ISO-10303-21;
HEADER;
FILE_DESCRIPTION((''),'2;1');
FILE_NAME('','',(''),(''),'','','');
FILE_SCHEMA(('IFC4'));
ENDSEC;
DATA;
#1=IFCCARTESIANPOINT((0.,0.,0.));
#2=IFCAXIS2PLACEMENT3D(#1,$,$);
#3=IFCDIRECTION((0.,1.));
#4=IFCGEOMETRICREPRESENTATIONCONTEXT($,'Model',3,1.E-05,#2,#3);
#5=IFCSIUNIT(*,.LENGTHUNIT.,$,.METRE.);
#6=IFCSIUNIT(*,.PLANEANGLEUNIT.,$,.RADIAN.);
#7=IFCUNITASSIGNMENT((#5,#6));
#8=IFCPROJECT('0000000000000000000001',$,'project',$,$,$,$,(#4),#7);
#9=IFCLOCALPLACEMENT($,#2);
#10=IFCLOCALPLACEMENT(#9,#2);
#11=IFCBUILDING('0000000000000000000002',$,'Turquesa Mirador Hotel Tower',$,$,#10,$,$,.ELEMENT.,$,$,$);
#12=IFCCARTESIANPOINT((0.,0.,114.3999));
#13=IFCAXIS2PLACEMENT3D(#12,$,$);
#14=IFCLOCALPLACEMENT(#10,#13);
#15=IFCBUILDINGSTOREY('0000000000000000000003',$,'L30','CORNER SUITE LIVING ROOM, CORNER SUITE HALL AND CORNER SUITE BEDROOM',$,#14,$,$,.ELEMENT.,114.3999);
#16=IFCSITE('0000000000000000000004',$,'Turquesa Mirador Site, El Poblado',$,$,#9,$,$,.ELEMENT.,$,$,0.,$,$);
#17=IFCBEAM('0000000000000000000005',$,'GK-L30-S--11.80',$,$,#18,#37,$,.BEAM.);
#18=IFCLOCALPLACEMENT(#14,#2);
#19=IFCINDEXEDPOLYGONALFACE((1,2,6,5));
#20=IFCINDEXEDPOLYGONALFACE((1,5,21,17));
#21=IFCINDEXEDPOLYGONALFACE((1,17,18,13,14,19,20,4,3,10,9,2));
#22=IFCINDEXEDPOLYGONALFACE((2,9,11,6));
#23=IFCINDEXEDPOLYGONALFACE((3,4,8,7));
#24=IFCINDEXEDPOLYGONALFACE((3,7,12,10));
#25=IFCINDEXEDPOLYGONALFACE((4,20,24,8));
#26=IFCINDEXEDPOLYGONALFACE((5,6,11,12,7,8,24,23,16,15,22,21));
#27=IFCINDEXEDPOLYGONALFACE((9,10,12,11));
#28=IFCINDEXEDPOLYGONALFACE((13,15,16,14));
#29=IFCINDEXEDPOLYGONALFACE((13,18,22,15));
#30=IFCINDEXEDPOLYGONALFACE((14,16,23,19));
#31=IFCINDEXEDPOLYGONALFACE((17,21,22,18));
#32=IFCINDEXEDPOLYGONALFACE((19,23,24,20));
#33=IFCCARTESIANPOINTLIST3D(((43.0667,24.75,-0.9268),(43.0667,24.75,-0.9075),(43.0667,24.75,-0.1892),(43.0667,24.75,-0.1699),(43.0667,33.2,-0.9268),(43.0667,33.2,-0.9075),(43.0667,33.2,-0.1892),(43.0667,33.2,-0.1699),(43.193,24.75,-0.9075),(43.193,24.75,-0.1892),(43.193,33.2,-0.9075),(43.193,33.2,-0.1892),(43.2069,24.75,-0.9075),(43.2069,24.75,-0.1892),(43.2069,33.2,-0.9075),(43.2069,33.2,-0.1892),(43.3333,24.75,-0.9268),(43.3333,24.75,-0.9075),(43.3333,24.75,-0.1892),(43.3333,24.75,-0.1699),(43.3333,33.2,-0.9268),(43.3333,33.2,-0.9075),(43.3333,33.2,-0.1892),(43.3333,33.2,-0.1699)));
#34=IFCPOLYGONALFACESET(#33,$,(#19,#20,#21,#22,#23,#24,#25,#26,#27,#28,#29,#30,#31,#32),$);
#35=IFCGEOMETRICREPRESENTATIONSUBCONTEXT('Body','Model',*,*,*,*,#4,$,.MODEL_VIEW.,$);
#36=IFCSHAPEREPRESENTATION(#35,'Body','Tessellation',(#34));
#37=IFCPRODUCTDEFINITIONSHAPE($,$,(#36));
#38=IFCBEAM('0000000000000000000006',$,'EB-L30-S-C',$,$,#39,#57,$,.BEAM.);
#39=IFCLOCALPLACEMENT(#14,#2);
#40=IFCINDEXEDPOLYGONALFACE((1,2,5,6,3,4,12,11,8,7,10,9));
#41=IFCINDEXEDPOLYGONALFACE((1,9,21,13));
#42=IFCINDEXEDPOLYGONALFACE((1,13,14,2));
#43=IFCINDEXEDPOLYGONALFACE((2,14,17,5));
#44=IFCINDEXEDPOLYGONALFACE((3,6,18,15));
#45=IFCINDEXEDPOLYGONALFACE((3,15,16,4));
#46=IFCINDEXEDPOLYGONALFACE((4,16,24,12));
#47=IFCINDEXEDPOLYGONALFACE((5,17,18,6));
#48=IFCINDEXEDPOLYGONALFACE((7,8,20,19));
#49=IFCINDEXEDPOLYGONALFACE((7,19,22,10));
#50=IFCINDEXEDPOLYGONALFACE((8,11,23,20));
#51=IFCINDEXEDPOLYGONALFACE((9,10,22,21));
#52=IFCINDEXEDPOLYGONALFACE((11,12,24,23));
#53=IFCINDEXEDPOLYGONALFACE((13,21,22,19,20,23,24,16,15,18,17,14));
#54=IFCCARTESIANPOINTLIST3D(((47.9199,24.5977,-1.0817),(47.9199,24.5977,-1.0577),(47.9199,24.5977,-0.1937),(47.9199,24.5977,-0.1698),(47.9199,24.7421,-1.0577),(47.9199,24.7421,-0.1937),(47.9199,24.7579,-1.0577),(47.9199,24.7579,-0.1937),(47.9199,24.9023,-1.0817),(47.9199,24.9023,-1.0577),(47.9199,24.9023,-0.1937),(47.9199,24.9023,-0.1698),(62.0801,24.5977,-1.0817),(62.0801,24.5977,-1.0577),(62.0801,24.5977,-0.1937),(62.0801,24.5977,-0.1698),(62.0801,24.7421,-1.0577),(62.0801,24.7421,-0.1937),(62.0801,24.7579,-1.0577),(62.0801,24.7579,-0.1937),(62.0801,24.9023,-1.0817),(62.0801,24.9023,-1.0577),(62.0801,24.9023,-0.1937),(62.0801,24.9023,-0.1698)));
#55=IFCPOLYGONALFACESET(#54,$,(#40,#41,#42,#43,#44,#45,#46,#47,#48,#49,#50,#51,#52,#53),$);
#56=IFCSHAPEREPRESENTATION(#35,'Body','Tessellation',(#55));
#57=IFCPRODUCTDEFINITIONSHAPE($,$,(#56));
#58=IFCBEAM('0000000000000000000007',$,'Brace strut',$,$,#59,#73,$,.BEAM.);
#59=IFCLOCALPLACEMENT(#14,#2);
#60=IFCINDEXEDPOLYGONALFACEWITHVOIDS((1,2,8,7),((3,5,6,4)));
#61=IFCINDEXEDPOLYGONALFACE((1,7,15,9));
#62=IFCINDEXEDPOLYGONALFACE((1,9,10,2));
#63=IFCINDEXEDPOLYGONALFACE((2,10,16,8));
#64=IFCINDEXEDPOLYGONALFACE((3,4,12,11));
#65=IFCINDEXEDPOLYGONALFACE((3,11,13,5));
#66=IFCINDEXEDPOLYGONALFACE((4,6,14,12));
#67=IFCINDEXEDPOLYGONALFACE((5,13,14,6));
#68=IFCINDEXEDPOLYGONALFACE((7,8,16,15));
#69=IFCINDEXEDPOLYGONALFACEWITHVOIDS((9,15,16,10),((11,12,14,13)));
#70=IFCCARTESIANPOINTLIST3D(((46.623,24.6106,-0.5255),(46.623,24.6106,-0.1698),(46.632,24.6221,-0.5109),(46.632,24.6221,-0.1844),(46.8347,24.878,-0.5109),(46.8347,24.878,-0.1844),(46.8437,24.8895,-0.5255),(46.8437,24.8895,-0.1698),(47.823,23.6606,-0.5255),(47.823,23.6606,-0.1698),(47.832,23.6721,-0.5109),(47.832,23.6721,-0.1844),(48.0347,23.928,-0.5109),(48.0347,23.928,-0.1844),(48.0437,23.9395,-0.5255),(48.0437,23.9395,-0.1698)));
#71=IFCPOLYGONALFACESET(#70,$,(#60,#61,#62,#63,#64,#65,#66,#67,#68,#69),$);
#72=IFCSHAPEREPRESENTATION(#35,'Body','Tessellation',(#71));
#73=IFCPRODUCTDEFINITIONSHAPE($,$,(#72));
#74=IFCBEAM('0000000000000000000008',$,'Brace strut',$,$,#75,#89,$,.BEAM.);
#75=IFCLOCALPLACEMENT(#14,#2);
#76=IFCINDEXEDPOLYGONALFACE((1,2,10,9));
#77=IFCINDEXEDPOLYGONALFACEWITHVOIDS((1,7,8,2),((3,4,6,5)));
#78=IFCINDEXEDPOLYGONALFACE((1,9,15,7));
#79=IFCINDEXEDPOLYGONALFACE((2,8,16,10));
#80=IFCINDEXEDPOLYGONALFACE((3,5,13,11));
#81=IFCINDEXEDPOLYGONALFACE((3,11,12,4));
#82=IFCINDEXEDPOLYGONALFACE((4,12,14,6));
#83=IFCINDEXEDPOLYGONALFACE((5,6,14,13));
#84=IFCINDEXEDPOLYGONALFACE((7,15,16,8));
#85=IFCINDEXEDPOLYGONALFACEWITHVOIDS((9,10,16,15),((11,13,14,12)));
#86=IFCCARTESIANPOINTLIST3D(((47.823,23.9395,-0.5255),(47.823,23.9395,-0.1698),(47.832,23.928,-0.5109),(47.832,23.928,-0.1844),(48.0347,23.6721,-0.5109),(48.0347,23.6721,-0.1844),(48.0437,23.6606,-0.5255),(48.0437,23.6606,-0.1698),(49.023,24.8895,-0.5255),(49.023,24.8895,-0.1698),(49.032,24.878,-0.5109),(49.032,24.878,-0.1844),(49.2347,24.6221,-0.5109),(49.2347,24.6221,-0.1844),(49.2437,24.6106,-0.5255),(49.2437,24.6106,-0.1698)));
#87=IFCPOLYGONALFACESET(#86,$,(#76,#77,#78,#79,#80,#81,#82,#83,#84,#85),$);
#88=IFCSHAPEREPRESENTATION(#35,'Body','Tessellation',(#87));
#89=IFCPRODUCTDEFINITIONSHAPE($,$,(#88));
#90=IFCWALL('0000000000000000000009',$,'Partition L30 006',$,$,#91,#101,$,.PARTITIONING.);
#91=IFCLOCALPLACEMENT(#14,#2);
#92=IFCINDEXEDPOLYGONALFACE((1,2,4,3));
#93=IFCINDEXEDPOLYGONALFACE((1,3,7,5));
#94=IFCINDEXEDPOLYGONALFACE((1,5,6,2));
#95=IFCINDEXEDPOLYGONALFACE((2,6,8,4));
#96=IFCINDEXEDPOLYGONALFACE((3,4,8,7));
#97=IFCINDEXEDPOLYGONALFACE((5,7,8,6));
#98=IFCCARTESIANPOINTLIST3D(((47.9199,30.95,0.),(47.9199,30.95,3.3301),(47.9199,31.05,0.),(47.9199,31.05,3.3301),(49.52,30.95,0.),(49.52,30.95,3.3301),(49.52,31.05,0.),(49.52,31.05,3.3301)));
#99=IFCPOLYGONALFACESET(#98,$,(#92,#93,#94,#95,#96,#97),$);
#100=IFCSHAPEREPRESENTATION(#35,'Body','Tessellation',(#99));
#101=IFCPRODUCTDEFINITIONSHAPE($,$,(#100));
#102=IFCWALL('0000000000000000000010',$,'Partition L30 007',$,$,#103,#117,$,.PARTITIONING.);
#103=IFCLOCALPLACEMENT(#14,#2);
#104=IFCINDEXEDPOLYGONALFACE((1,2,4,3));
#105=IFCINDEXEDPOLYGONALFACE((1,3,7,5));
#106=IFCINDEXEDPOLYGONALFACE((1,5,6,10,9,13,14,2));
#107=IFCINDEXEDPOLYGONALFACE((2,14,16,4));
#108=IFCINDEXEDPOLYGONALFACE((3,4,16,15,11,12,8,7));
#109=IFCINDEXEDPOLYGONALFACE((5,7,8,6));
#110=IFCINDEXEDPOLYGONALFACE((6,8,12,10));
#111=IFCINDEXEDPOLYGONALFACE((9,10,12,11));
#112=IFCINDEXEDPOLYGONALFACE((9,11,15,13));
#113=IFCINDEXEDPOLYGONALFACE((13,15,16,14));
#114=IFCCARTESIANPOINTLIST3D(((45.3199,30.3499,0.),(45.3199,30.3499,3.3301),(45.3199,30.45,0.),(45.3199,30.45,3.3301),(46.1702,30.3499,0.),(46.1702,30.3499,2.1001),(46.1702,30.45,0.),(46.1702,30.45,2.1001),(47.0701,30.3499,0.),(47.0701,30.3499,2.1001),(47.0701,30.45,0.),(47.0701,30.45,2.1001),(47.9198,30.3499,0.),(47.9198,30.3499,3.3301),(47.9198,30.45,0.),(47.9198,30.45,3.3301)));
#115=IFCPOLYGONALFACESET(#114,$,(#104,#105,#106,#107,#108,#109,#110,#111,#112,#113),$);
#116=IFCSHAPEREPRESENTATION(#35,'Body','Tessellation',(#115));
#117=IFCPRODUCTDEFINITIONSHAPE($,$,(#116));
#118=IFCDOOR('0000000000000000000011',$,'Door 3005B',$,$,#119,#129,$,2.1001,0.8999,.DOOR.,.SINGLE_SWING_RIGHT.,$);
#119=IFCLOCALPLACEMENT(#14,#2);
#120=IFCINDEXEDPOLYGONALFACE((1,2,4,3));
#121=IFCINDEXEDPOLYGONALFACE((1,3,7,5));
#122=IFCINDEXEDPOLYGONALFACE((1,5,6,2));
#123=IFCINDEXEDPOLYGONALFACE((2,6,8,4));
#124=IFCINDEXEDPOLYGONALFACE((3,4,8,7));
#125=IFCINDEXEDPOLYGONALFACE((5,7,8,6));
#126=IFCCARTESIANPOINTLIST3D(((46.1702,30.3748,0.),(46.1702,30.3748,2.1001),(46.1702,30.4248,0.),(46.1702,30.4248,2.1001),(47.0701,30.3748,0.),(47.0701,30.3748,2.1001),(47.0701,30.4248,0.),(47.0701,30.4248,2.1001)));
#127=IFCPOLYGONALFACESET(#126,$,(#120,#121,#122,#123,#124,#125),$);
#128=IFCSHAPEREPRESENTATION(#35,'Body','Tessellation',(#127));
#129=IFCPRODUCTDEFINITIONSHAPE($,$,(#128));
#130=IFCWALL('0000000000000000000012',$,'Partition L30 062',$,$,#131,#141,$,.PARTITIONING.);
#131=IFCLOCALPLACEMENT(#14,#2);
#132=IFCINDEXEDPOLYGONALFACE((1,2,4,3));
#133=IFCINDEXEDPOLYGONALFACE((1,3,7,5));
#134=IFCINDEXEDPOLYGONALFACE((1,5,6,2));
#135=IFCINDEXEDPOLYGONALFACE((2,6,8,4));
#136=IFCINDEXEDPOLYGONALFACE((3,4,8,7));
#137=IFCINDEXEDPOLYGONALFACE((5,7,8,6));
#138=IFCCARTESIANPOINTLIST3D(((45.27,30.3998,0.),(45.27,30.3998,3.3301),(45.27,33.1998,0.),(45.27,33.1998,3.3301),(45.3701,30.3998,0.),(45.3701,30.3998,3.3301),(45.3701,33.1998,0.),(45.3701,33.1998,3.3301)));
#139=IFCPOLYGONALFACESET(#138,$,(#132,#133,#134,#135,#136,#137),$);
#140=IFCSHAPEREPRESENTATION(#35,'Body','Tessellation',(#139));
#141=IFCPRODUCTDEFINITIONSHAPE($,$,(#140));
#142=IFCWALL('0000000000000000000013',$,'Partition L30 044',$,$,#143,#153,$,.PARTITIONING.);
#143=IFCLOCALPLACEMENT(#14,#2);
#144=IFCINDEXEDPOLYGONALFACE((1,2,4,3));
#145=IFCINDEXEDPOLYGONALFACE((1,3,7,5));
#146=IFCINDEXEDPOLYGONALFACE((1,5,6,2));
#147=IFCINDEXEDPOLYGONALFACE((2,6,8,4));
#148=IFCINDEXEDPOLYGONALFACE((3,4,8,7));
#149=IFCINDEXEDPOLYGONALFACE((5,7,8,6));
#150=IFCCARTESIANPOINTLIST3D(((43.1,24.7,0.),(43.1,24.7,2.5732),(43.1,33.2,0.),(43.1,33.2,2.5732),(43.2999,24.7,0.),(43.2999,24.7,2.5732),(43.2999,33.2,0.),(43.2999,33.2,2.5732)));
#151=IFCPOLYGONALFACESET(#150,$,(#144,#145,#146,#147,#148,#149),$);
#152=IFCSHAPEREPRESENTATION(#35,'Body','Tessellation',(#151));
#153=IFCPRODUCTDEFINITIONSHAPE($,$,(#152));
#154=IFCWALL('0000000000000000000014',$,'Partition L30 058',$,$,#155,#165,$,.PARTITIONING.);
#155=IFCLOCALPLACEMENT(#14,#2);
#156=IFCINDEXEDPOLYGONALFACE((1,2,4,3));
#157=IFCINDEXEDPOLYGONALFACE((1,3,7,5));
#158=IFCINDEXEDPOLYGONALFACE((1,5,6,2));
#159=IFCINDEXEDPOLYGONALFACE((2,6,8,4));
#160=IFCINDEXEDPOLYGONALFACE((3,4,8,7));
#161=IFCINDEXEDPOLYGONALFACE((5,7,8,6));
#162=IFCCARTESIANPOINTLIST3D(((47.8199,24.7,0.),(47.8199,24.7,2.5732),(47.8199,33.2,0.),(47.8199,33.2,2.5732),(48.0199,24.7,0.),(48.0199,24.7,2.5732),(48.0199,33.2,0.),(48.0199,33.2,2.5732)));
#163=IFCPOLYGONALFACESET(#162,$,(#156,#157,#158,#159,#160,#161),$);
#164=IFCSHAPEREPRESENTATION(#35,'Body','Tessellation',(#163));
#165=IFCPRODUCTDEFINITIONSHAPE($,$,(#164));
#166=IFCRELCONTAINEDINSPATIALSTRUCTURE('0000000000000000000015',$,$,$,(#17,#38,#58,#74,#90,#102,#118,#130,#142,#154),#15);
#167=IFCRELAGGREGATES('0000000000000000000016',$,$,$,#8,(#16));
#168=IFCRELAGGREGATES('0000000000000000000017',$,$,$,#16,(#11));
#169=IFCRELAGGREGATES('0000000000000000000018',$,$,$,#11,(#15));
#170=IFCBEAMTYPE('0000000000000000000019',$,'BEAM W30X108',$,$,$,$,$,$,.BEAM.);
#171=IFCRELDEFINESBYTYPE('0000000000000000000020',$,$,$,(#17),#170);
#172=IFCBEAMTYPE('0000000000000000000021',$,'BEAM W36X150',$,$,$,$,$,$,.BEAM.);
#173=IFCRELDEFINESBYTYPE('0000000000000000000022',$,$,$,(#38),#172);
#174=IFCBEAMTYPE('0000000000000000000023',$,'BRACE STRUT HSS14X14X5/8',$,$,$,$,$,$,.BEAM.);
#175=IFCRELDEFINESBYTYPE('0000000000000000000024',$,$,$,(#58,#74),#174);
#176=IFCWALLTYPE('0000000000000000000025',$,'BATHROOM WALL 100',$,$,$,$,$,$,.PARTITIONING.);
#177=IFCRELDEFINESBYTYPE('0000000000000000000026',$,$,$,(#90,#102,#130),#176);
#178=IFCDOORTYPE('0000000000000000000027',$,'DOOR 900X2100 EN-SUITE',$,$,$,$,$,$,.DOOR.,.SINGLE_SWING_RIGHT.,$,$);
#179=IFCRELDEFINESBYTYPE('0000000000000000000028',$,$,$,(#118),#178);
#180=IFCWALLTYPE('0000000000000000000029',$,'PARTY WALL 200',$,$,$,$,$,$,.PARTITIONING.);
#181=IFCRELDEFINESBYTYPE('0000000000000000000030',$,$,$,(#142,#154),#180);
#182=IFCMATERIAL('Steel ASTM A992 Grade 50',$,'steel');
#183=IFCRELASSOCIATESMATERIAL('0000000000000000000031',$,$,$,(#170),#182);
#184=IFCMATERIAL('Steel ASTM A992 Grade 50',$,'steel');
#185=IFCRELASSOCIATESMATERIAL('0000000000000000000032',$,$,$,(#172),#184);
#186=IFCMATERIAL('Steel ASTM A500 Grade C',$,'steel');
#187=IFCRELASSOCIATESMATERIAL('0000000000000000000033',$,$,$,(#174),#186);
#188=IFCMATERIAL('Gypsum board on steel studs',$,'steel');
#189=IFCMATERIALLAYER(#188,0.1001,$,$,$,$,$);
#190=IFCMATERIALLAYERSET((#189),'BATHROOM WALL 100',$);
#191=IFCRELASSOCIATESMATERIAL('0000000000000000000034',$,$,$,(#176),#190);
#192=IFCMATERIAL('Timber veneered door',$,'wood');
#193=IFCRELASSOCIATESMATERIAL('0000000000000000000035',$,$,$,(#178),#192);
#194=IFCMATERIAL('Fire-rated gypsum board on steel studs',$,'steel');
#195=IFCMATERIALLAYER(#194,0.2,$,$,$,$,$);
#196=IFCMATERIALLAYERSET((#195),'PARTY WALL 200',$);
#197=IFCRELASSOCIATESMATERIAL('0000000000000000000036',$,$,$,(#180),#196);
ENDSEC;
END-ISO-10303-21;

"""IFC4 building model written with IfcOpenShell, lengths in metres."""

from ifc_helpers import new_model, si_unit, direction, frame, frame_2d, origin, origin_2d, place, context, subcontext, project, spatial, rectangle, hollow_rectangle, i_section, extrude, material, layer, layer_set, material_profile, profile_set, type_object, element, fill, save


model = new_model("IFC4")

# Units and contexts
model_context = context("Model", 3, precision=1e-05, world=origin(), true_north=direction((0.0, 1.0)))
body_context = subcontext(model_context, "Body", "Model", "MODEL_VIEW")
ifc_project = project(units=[si_unit("LENGTHUNIT", "METRE"), si_unit("PLANEANGLEUNIT", "RADIAN")], contexts=[model_context])

# Site, building, storey
site_placement = place(None, origin())
site = spatial("IfcSite", under=ifc_project, at=site_placement, Name="Turquesa Mirador Site, El Poblado", CompositionType="ELEMENT", RefElevation=0.0)
building_placement = place(site_placement, origin())
building = spatial("IfcBuilding", under=site, at=building_placement, Name="Turquesa Mirador Hotel Tower", CompositionType="ELEMENT")
storey_placement = place(building_placement, frame((0.0, 0.0, 114.3999)))
storey = spatial("IfcBuildingStorey", under=building, at=storey_placement, Name="L30", Description="CORNER SUITE LIVING ROOM, CORNER SUITE HALL AND CORNER SUITE BEDROOM", CompositionType="ELEMENT", Elevation=114.3999)

# Beams
ifc_material_1 = material(Name="Steel ASTM A992 Grade 50", Category="steel")
ifc_material_profile_1 = material_profile(ifc_material_1, i_section(OverallWidth=0.2666, OverallDepth=0.7568, WebThickness=0.0139, FlangeThickness=0.0193, at=origin_2d()), Name="W30X108")
ifc_profile_set_1 = profile_set([ifc_material_profile_1], Name="Steel ASTM A992 Grade 50")
beam_type_1 = type_object("IfcBeamType", Name="BEAM W30X108", PredefinedType="BEAM", material=ifc_profile_set_1)
beam_1_placement = place(storey_placement, frame((43.2, 24.75, -0.5483), z_axis=(0.0, 1.0, 0.0), x_axis=(-1.0, 0.0, 0.0)))
element("IfcBeam", 1, at=beam_1_placement, inside=storey, type_object=beam_type_1, Name="GK-L30-S--11.80", PredefinedType="BEAM", context=body_context, shape_type="SweptSolid", body=[
    extrude(i_section(OverallWidth=0.2666, OverallDepth=0.7568, WebThickness=0.0139, FlangeThickness=0.0193, at=origin_2d()), origin(), (0.0, 0.0, 1.0), 8.45),
])
ifc_material_2 = material(Name="Steel ASTM A992 Grade 50", Category="steel")
ifc_material_profile_2 = material_profile(ifc_material_2, i_section(OverallWidth=0.3047, OverallDepth=0.9119, WebThickness=0.0159, FlangeThickness=0.0239, at=origin_2d()), Name="W36X150")
ifc_profile_set_2 = profile_set([ifc_material_profile_2], Name="Steel ASTM A992 Grade 50")
beam_type_2 = type_object("IfcBeamType", Name="BEAM W36X150", PredefinedType="BEAM", material=ifc_profile_set_2)
beam_2_placement = place(storey_placement, frame((47.9199, 24.75, -0.6257), z_axis=(1.0, 0.0, 0.0), x_axis=(0.0, 1.0, 0.0)))
element("IfcBeam", 2, at=beam_2_placement, inside=storey, type_object=beam_type_2, Name="EB-L30-S-C", PredefinedType="BEAM", context=body_context, shape_type="SweptSolid", body=[
    extrude(i_section(OverallWidth=0.3047, OverallDepth=0.9119, WebThickness=0.0159, FlangeThickness=0.0239, at=origin_2d()), origin(), (0.0, 0.0, 1.0), 14.1602),
])
ifc_material_3 = material(Name="Steel ASTM A500 Grade C", Category="steel")
ifc_material_profile_3 = material_profile(ifc_material_3, hollow_rectangle(XDim=0.3557, YDim=0.3557, WallThickness=0.0146, at=origin_2d()), Name="HSS14X14X5/8")
ifc_profile_set_3 = profile_set([ifc_material_profile_3], Name="Steel ASTM A500 Grade C")
beam_type_3 = type_object("IfcBeamType", Name="BRACE STRUT HSS14X14X5/8", PredefinedType="BEAM", material=ifc_profile_set_3)
for number, where, z_axis, x_axis, name in (
    (3, (47.9333, 23.8, -0.3477), (-0.784049, 0.620699, 0.0), (-0.620699, -0.784049, 0.0), "Brace strut"),
    (4, (47.9333, 23.8, -0.3477), (0.784049, 0.620699, 0.0), (-0.620699, 0.784049, 0.0), "Brace strut"),
):
    element("IfcBeam", number, at=place(storey_placement, frame(where, z_axis=z_axis, x_axis=x_axis)), inside=storey, type_object=beam_type_3, Name=name, PredefinedType="BEAM", context=body_context, shape_type="SweptSolid", body=[
        extrude(hollow_rectangle(XDim=0.3557, YDim=0.3557, WallThickness=0.0146, at=origin_2d()), origin(), (0.0, 0.0, 1.0), 1.5305),
    ])

# Wall
ifc_material_4 = material(Name="Gypsum board on steel studs", Category="steel")
ifc_layer_1 = layer(ifc_material_4, 0.1001)
ifc_layer_set_1 = layer_set([ifc_layer_1], Name="BATHROOM WALL 100")
wall_type_1 = type_object("IfcWallType", Name="BATHROOM WALL 100", PredefinedType="PARTITIONING", material=ifc_layer_set_1)
wall_1_placement = place(storey_placement, frame((47.9199, 31.0, 0.0), z_axis=(0.0, 0.0, 1.0), x_axis=(1.0, 0.0, 0.0)))
element("IfcWall", 5, at=wall_1_placement, inside=storey, type_object=wall_type_1, Name="Partition L30 006", PredefinedType="PARTITIONING", context=body_context, shape_type="SweptSolid", body=[
    extrude(rectangle(XDim=1.6001, YDim=0.1001, at=frame_2d((0.8, 0.0))), origin(), (0.0, 0.0, 1.0), 3.3301),
])

# Wall, opening, door
wall_2_placement = place(storey_placement, frame((45.3201, 30.3999, 0.0), z_axis=(0.0, 0.0, 1.0), x_axis=(1.0, 0.0, 0.0)))
wall_2 = element("IfcWall", 6, at=wall_2_placement, inside=storey, type_object=wall_type_1, Name="Partition L30 007", PredefinedType="PARTITIONING", context=body_context, shape_type="SweptSolid", body=[
    extrude(rectangle(XDim=2.5999, YDim=0.1001, at=frame_2d((1.2998, 0.0))), origin(), (0.0, 0.0, 1.0), 3.3301),
])
opening_placement = place(wall_2_placement, frame((0.8501, 0.0, 0.0)))
opening = element("IfcOpeningElement", 7, at=opening_placement, cuts=wall_2, PredefinedType="OPENING", context=body_context, shape_type="SweptSolid", body=[
    extrude(rectangle(XDim=0.8999, YDim=2.1001, at=frame_2d((0.45, 1.05))), frame((0.0, 0.0601, 0.0), z_axis=(0.0, -1.0, 0.0), x_axis=(1.0, 0.0, 0.0)), (0.0, 0.0, 1.0), 0.1201),
])
ifc_material_5 = material(Name="Timber veneered door", Category="wood")
door_type = type_object("IfcDoorType", Name="DOOR 900X2100 EN-SUITE", OperationType="SINGLE_SWING_RIGHT", PredefinedType="DOOR", material=ifc_material_5)
door_placement = place(opening_placement, origin())
door = element("IfcDoor", 8, at=door_placement, inside=storey, type_object=door_type, Name="Door 3005B", OperationType="SINGLE_SWING_RIGHT", OverallHeight=2.1001, OverallWidth=0.8999, PredefinedType="DOOR", context=body_context, shape_type="SweptSolid", body=[
    extrude(rectangle(XDim=0.8999, YDim=2.1001, at=frame_2d((0.45, 1.05))), frame((0.0, 0.0249, 0.0), z_axis=(0.0, -1.0, 0.0), x_axis=(1.0, 0.0, 0.0)), (0.0, 0.0, 1.0), 0.05),
])
fill(opening, door)

# Walls
wall_3_placement = place(storey_placement, frame((45.3201, 30.3999, 0.0), z_axis=(0.0, 0.0, 1.0), x_axis=(0.0, 1.0, 0.0)))
element("IfcWall", 9, at=wall_3_placement, inside=storey, type_object=wall_type_1, Name="Partition L30 062", PredefinedType="PARTITIONING", context=body_context, shape_type="SweptSolid", body=[
    extrude(rectangle(XDim=2.8, YDim=0.1001, at=frame_2d((1.3999, 0.0))), origin(), (0.0, 0.0, 1.0), 3.3301),
])
ifc_material_6 = material(Name="Fire-rated gypsum board on steel studs", Category="steel")
ifc_layer_2 = layer(ifc_material_6, 0.2)
ifc_layer_set_2 = layer_set([ifc_layer_2], Name="PARTY WALL 200")
wall_type_2 = type_object("IfcWallType", Name="PARTY WALL 200", PredefinedType="PARTITIONING", material=ifc_layer_set_2)
for number, where, z_axis, x_axis, name in (
    (10, (43.2, 24.7, 0.0), (0.0, 0.0, 1.0), (0.0, 1.0, 0.0), "Partition L30 044"),
    (11, (47.9199, 24.7, 0.0), (0.0, 0.0, 1.0), (0.0, 1.0, 0.0), "Partition L30 058"),
):
    element("IfcWall", number, at=place(storey_placement, frame(where, z_axis=z_axis, x_axis=x_axis)), inside=storey, type_object=wall_type_2, Name=name, PredefinedType="PARTITIONING", context=body_context, shape_type="SweptSolid", body=[
        extrude(rectangle(XDim=8.5, YDim=0.2, at=frame_2d((4.25, 0.0))), origin(), (0.0, 0.0, 1.0), 2.5732),
    ])

save(model, "model.ifc")
